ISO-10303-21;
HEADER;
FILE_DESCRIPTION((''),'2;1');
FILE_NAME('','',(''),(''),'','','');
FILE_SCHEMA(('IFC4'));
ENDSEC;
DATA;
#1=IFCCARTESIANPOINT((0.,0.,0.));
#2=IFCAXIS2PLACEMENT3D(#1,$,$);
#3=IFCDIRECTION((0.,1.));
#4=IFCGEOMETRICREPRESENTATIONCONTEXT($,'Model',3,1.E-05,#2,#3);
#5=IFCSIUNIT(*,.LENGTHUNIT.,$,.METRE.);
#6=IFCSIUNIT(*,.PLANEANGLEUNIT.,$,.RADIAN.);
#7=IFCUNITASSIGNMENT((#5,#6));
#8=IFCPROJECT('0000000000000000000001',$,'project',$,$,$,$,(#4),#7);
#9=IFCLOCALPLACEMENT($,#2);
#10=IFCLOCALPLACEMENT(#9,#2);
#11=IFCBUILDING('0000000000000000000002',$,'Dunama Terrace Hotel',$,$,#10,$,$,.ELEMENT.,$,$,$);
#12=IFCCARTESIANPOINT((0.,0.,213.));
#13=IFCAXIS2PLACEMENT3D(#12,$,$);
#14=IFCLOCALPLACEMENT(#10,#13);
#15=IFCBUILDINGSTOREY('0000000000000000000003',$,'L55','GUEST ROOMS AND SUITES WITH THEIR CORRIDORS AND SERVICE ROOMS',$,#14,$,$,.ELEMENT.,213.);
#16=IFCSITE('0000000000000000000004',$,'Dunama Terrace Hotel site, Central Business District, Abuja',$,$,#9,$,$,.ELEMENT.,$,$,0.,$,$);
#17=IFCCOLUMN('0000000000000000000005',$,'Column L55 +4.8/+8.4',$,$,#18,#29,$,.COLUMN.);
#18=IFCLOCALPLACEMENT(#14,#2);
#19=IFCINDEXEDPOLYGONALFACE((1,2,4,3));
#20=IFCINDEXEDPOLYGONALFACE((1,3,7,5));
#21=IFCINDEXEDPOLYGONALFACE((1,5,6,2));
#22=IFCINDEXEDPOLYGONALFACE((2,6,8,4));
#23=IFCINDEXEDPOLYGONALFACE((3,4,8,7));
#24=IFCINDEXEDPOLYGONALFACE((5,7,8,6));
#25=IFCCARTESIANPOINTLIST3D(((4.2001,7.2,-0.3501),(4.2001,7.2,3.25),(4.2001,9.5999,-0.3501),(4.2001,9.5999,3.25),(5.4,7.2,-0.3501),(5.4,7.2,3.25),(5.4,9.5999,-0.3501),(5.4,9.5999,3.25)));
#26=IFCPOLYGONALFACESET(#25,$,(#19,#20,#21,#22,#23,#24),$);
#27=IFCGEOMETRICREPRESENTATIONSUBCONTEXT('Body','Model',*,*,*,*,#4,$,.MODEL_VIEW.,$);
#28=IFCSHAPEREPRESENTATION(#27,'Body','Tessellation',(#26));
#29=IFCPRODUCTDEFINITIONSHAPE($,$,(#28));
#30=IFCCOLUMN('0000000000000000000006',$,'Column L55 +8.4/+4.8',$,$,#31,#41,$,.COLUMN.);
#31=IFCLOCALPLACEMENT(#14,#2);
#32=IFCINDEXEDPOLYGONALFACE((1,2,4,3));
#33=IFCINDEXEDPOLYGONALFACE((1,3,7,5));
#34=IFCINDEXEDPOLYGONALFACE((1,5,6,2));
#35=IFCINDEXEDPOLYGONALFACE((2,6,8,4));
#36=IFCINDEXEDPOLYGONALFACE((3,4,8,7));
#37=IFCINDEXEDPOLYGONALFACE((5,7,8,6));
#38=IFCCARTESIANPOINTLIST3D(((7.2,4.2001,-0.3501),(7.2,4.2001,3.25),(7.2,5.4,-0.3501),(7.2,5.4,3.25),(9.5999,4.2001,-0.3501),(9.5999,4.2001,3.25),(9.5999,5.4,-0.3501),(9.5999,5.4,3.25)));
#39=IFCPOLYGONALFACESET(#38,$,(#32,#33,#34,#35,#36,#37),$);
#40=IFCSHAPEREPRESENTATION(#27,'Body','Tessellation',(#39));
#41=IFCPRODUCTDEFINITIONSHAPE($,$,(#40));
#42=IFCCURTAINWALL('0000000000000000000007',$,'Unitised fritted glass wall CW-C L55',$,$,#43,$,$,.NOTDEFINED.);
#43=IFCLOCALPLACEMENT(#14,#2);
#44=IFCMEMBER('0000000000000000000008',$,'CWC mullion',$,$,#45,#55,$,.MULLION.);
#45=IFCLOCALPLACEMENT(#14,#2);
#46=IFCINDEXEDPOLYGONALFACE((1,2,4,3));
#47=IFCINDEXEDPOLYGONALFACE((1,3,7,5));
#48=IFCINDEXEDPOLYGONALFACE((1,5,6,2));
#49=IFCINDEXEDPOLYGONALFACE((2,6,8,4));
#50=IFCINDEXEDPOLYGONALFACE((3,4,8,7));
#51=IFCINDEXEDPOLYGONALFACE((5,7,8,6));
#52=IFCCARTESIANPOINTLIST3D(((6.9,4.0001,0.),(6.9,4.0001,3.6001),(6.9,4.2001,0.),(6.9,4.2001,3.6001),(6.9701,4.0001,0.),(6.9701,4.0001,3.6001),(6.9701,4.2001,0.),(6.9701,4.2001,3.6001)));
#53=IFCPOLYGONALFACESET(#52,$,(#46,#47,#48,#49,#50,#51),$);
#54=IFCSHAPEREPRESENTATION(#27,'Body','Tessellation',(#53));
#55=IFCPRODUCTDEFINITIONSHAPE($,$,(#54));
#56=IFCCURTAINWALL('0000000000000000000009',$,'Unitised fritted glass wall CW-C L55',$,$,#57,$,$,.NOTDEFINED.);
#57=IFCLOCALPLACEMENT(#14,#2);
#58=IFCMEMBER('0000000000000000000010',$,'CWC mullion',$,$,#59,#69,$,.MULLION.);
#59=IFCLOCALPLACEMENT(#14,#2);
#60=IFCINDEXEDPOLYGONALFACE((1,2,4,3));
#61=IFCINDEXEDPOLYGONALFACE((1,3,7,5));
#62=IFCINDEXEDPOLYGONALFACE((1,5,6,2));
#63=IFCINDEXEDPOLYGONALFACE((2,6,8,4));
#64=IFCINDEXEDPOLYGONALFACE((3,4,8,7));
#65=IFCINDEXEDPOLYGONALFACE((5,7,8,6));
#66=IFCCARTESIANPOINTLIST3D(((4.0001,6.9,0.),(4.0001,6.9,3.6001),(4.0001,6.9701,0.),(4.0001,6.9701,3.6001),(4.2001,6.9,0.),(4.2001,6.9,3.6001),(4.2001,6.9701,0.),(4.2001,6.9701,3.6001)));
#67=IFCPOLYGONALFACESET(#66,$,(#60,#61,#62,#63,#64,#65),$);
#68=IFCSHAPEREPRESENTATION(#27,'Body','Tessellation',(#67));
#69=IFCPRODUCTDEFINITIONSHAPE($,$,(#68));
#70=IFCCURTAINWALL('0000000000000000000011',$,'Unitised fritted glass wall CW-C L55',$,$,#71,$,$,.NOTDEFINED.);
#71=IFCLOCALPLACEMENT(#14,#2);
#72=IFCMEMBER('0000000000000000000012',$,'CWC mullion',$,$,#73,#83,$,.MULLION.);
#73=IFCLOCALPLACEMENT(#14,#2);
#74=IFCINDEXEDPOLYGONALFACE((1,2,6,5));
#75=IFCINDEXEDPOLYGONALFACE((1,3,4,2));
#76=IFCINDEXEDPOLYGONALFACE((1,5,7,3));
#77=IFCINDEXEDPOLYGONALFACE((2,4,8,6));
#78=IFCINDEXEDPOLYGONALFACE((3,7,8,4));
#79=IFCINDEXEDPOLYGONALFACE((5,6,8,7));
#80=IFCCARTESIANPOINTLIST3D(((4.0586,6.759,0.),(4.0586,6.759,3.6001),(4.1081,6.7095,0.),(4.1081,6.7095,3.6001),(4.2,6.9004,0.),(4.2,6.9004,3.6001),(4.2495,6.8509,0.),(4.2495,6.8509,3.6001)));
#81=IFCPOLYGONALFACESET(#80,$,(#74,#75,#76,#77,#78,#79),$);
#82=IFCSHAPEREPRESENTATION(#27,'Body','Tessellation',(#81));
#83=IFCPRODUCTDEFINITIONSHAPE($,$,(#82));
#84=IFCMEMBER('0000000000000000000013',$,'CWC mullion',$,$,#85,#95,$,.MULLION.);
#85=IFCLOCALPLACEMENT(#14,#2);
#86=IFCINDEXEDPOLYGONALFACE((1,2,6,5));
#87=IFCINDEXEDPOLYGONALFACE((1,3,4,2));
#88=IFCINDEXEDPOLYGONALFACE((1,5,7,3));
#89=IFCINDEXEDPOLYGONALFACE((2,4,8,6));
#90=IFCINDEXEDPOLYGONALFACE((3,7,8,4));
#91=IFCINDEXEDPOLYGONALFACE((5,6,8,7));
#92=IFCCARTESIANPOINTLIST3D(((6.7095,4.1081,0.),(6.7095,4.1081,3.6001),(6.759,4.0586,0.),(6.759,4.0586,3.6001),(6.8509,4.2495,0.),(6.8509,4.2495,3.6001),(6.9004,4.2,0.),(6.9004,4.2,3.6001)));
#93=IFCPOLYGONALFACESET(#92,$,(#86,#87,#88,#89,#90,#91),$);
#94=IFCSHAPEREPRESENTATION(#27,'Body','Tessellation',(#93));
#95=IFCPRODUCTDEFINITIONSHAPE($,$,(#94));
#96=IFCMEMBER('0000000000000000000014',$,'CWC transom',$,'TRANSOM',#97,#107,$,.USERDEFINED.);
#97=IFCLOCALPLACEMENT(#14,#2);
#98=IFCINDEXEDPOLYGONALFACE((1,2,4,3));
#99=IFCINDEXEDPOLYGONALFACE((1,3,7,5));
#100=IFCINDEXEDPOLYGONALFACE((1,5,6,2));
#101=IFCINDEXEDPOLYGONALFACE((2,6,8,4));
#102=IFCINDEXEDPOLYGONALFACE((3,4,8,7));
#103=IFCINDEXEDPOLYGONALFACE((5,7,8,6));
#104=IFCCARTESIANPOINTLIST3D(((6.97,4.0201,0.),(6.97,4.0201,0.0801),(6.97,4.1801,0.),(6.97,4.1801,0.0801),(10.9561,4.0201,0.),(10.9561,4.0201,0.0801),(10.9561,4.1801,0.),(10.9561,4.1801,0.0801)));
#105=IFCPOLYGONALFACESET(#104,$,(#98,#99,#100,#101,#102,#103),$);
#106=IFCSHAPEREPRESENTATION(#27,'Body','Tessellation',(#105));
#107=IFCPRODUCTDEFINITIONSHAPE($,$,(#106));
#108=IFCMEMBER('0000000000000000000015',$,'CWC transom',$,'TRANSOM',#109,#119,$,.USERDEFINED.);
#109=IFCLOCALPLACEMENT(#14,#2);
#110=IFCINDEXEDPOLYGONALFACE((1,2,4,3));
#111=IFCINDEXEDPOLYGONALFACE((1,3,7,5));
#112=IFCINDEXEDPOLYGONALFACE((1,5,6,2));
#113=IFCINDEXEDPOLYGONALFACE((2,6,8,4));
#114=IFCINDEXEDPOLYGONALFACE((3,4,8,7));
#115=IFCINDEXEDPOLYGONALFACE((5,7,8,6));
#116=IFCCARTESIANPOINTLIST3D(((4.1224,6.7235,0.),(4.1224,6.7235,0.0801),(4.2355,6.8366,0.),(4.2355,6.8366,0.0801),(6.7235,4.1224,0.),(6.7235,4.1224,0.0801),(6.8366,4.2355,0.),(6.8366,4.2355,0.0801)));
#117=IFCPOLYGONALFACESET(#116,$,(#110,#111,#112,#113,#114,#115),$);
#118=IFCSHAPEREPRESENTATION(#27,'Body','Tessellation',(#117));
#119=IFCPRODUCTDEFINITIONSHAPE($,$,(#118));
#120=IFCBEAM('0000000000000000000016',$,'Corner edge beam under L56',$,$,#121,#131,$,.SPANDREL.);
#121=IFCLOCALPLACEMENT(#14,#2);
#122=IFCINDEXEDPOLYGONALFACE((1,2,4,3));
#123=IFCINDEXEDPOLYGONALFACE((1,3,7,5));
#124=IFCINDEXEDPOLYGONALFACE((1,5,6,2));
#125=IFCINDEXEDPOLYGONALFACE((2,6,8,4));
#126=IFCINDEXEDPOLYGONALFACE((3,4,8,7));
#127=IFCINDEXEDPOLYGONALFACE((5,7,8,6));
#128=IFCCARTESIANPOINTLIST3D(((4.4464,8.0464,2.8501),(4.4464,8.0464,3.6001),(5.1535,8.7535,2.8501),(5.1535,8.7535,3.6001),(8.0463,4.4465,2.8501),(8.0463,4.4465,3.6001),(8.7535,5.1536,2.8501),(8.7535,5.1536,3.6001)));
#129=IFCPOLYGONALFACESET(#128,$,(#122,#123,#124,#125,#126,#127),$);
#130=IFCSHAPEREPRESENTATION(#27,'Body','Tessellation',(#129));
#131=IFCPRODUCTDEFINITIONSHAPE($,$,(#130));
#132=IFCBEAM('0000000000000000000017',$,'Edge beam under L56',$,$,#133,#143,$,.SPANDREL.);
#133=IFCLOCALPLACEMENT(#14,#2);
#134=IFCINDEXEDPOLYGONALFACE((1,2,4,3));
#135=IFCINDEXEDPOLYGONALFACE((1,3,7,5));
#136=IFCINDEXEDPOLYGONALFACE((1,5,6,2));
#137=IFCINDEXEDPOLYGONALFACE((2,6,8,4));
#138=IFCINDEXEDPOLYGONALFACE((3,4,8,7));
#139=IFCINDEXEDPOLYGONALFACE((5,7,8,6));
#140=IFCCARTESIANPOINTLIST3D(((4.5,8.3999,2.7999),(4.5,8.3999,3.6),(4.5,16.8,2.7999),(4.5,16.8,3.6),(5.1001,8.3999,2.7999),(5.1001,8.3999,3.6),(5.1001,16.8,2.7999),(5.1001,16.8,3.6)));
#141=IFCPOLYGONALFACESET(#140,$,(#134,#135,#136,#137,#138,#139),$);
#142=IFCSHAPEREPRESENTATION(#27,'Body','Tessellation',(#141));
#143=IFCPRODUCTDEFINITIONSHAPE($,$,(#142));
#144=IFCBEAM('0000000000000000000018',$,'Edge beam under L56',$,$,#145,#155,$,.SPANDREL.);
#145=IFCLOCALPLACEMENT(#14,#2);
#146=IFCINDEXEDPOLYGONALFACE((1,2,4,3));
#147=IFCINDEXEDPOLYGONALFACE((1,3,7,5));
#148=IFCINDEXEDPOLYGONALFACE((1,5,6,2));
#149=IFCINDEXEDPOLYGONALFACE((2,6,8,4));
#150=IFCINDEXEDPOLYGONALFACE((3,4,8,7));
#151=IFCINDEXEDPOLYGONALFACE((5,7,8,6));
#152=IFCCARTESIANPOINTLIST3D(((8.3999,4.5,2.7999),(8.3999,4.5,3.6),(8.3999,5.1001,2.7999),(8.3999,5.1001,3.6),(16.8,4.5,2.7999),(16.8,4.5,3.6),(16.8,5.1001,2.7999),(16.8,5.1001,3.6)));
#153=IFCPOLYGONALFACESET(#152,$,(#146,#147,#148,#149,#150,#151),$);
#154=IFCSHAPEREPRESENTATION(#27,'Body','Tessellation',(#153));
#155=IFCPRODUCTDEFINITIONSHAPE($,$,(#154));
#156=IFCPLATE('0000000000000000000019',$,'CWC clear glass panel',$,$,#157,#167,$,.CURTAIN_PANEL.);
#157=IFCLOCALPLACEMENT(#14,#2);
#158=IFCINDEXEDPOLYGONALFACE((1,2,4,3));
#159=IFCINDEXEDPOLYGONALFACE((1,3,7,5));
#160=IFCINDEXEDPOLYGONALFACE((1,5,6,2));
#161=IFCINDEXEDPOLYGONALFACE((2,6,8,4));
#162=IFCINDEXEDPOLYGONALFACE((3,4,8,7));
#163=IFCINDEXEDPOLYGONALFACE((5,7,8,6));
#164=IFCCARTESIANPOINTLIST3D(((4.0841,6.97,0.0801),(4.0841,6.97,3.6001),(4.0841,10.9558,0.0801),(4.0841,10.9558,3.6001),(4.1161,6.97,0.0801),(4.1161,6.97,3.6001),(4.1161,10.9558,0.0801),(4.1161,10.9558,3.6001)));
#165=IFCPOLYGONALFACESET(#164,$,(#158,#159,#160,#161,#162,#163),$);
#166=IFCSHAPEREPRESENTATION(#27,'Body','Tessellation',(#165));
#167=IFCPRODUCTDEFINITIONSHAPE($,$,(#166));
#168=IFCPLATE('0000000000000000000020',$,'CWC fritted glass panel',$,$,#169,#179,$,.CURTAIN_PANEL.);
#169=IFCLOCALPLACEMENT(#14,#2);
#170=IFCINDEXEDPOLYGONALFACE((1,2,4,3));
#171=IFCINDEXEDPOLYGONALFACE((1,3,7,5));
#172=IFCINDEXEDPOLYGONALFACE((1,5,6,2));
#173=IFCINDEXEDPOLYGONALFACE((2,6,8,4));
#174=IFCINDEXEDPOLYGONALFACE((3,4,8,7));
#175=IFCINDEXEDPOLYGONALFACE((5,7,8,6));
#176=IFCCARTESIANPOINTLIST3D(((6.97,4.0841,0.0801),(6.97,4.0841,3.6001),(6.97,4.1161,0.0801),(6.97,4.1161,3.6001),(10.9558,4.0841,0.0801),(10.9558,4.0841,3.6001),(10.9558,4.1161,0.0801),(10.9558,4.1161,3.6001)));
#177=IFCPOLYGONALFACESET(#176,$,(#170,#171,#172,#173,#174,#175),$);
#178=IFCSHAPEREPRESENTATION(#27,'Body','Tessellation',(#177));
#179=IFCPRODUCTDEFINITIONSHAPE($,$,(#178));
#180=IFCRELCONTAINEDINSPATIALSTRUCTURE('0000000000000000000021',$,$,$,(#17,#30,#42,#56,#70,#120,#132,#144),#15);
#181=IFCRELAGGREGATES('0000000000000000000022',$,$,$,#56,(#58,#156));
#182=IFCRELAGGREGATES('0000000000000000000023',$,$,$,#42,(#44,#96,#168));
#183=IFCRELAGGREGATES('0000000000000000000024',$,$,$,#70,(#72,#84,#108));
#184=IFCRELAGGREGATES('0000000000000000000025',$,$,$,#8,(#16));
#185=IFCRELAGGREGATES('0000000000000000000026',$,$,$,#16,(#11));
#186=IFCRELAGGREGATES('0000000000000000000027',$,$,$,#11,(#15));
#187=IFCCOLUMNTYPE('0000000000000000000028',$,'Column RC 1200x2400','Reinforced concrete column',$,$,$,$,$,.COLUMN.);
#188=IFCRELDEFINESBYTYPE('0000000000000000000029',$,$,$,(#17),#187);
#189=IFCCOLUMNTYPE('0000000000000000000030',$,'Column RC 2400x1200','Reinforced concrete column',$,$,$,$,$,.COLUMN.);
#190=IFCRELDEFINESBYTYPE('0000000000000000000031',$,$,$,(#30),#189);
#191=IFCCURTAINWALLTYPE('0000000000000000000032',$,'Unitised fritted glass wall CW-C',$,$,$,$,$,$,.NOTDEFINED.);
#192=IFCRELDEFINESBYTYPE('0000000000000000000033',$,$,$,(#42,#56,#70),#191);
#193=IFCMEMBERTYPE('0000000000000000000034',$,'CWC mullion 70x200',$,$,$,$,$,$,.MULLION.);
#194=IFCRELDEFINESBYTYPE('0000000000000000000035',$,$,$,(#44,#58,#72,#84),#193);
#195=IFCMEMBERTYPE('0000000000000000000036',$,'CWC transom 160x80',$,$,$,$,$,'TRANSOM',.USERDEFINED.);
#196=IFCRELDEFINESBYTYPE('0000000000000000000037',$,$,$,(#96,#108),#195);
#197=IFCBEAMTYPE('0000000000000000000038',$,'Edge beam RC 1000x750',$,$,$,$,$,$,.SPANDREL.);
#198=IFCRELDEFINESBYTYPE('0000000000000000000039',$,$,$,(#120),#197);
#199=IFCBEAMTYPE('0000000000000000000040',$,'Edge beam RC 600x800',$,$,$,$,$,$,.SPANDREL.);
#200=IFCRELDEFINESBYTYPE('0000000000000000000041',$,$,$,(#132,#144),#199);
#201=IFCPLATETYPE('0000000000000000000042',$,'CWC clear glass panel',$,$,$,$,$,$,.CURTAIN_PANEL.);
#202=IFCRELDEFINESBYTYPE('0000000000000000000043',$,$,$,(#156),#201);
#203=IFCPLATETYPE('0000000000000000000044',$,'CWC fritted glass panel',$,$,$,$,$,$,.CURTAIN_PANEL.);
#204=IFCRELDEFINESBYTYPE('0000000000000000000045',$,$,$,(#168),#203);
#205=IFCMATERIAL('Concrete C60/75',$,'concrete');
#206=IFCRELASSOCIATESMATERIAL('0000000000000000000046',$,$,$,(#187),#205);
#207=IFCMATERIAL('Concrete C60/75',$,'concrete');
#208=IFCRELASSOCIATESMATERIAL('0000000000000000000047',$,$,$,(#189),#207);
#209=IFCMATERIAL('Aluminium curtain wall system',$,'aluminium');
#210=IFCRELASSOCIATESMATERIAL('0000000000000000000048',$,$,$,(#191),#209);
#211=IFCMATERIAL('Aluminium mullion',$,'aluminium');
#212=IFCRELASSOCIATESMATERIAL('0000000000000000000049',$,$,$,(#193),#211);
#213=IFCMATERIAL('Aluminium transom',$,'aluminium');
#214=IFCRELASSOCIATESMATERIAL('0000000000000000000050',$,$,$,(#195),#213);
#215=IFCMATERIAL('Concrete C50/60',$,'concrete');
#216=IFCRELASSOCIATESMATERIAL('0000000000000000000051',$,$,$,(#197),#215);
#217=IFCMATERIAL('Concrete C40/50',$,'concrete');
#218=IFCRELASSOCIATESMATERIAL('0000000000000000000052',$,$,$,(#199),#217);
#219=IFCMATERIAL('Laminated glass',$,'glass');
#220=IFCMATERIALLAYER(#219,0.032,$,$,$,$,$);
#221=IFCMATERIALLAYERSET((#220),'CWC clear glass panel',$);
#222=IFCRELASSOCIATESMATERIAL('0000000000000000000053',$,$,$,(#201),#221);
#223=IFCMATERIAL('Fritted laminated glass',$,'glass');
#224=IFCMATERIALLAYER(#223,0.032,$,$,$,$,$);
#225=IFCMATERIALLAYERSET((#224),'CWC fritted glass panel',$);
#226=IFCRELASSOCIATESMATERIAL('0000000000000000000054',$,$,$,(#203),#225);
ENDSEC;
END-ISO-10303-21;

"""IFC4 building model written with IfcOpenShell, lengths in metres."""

from ifc_helpers import new_model, si_unit, direction, frame, origin, origin_2d, place, context, subcontext, project, spatial, rectangle, extrude, material, layer, layer_set, material_profile, profile_set, type_object, element, aggregate, save


model = new_model("IFC4")

# Units and contexts
model_context = context("Model", 3, precision=1e-05, world=origin(), true_north=direction((0.0, 1.0)))
body_context = subcontext(model_context, "Body", "Model", "MODEL_VIEW")
ifc_project = project(units=[si_unit("LENGTHUNIT", "METRE"), si_unit("PLANEANGLEUNIT", "RADIAN")], contexts=[model_context])

# Site, building, storey
site_placement = place(None, origin())
site = spatial("IfcSite", under=ifc_project, at=site_placement, Name="Dunama Terrace Hotel site, Central Business District, Abuja", CompositionType="ELEMENT", RefElevation=0.0)
building_placement = place(site_placement, origin())
building = spatial("IfcBuilding", under=site, at=building_placement, Name="Dunama Terrace Hotel", CompositionType="ELEMENT")
storey_placement = place(building_placement, frame((0.0, 0.0, 213.0)))
storey = spatial("IfcBuildingStorey", under=building, at=storey_placement, Name="L55", Description="GUEST ROOMS AND SUITES WITH THEIR CORRIDORS AND SERVICE ROOMS", CompositionType="ELEMENT", Elevation=213.0)

# Columns
ifc_material_1 = material(Name="Concrete C60/75", Category="concrete")
ifc_material_profile_1 = material_profile(ifc_material_1, rectangle(XDim=1.2, YDim=2.3999, at=origin_2d()), Name="RC 1200x2400")
ifc_profile_set_1 = profile_set([ifc_material_profile_1], Name="Concrete C60/75")
column_type_1 = type_object("IfcColumnType", Name="Column RC 1200x2400", Description="Reinforced concrete column", PredefinedType="COLUMN", material=ifc_profile_set_1)
column_1_placement = place(storey_placement, frame((4.8, 8.3999, -0.3501), z_axis=(0.0, 0.0, 1.0), x_axis=(1.0, 0.0, 0.0)))
element("IfcColumn", 1, at=column_1_placement, inside=storey, type_object=column_type_1, Name="Column L55 +4.8/+8.4", PredefinedType="COLUMN", context=body_context, shape_type="SweptSolid", body=[
    extrude(rectangle(XDim=1.2, YDim=2.3999, at=origin_2d()), origin(), (0.0, 0.0, 1.0), 3.6001),
])
ifc_material_2 = material(Name="Concrete C60/75", Category="concrete")
ifc_material_profile_2 = material_profile(ifc_material_2, rectangle(XDim=2.3999, YDim=1.2, at=origin_2d()), Name="RC 2400x1200")
ifc_profile_set_2 = profile_set([ifc_material_profile_2], Name="Concrete C60/75")
column_type_2 = type_object("IfcColumnType", Name="Column RC 2400x1200", Description="Reinforced concrete column", PredefinedType="COLUMN", material=ifc_profile_set_2)
column_2_placement = place(storey_placement, frame((8.3999, 4.8, -0.3501), z_axis=(0.0, 0.0, 1.0), x_axis=(1.0, 0.0, 0.0)))
element("IfcColumn", 2, at=column_2_placement, inside=storey, type_object=column_type_2, Name="Column L55 +8.4/+4.8", PredefinedType="COLUMN", context=body_context, shape_type="SweptSolid", body=[
    extrude(rectangle(XDim=2.3999, YDim=1.2, at=origin_2d()), origin(), (0.0, 0.0, 1.0), 3.6001),
])

# Curtain walls, members
ifc_material_3 = material(Name="Aluminium curtain wall system", Category="aluminium")
curtain_wall_type = type_object("IfcCurtainWallType", Name="Unitised fritted glass wall CW-C", PredefinedType="NOTDEFINED", material=ifc_material_3)
curtain_wall_1_placement = place(storey_placement, origin())
curtain_wall_1 = element("IfcCurtainWall", 3, at=curtain_wall_1_placement, inside=storey, type_object=curtain_wall_type, Name="Unitised fritted glass wall CW-C L55", PredefinedType="NOTDEFINED")
ifc_material_4 = material(Name="Aluminium mullion", Category="aluminium")
ifc_material_profile_3 = material_profile(ifc_material_4, rectangle(XDim=0.0701, YDim=0.2, at=origin_2d()), Name="CWC MULLION 70X200")
ifc_profile_set_3 = profile_set([ifc_material_profile_3], Name="Aluminium mullion")
member_type_1 = type_object("IfcMemberType", Name="CWC mullion 70x200", PredefinedType="MULLION", material=ifc_profile_set_3)
member_1_placement = place(storey_placement, frame((6.9351, 4.1001, 0.0), z_axis=(0.0, 0.0, 1.0), x_axis=(1.0, 0.0, 0.0)))
member_1 = element("IfcMember", 4, at=member_1_placement, type_object=member_type_1, Name="CWC mullion", PredefinedType="MULLION", context=body_context, shape_type="SweptSolid", body=[
    extrude(rectangle(XDim=0.0701, YDim=0.2, at=origin_2d()), origin(), (0.0, 0.0, 1.0), 3.6001),
])
curtain_wall_2_placement = place(storey_placement, origin())
curtain_wall_2 = element("IfcCurtainWall", 5, at=curtain_wall_2_placement, inside=storey, type_object=curtain_wall_type, Name="Unitised fritted glass wall CW-C L55", PredefinedType="NOTDEFINED")
member_2_placement = place(storey_placement, frame((4.1001, 6.9351, 0.0), z_axis=(0.0, 0.0, 1.0), x_axis=(0.0, -1.0, 0.0)))
member_2 = element("IfcMember", 6, at=member_2_placement, type_object=member_type_1, Name="CWC mullion", PredefinedType="MULLION", context=body_context, shape_type="SweptSolid", body=[
    extrude(rectangle(XDim=0.0701, YDim=0.2, at=origin_2d()), origin(), (0.0, 0.0, 1.0), 3.6001),
])

# Curtain wall, members
curtain_wall_3_placement = place(storey_placement, origin())
curtain_wall_3 = element("IfcCurtainWall", 7, at=curtain_wall_3_placement, inside=storey, type_object=curtain_wall_type, Name="Unitised fritted glass wall CW-C L55", PredefinedType="NOTDEFINED")
member_3_placement = place(storey_placement, frame((4.1541, 6.8049, 0.0), z_axis=(0.0, 0.0, 1.0), x_axis=(0.707107, -0.707107, 0.0)))
member_3 = element("IfcMember", 8, at=member_3_placement, type_object=member_type_1, Name="CWC mullion", PredefinedType="MULLION", context=body_context, shape_type="SweptSolid", body=[
    extrude(rectangle(XDim=0.0701, YDim=0.2, at=origin_2d()), origin(), (0.0, 0.0, 1.0), 3.6001),
])
member_4_placement = place(storey_placement, frame((6.8049, 4.1541, 0.0), z_axis=(0.0, 0.0, 1.0), x_axis=(0.707107, -0.707107, 0.0)))
member_4 = element("IfcMember", 9, at=member_4_placement, type_object=member_type_1, Name="CWC mullion", PredefinedType="MULLION", context=body_context, shape_type="SweptSolid", body=[
    extrude(rectangle(XDim=0.0701, YDim=0.2, at=origin_2d()), origin(), (0.0, 0.0, 1.0), 3.6001),
])

# Members
ifc_material_5 = material(Name="Aluminium transom", Category="aluminium")
ifc_material_profile_4 = material_profile(ifc_material_5, rectangle(XDim=0.1599, YDim=0.0801, at=origin_2d()), Name="CWC TRANSOM 160X80")
ifc_profile_set_4 = profile_set([ifc_material_profile_4], Name="Aluminium transom")
member_type_2 = type_object("IfcMemberType", Name="CWC transom 160x80", ElementType="TRANSOM", PredefinedType="USERDEFINED", material=ifc_profile_set_4)
member_5_placement = place(storey_placement, frame((6.97, 4.1001, 0.04), z_axis=(1.0, 0.0, 0.0), x_axis=(0.0, 1.0, 0.0)))
member_5 = element("IfcMember", 10, at=member_5_placement, type_object=member_type_2, Name="CWC transom", ObjectType="TRANSOM", PredefinedType="USERDEFINED", context=body_context, shape_type="SweptSolid", body=[
    extrude(rectangle(XDim=0.1599, YDim=0.0801, at=origin_2d()), origin(), (0.0, 0.0, 1.0), 3.9861),
])
member_6_placement = place(storey_placement, frame((4.179, 6.78, 0.04), z_axis=(0.707107, -0.707107, 0.0), x_axis=(0.707107, 0.707107, 0.0)))
member_6 = element("IfcMember", 11, at=member_6_placement, type_object=member_type_2, Name="CWC transom", ObjectType="TRANSOM", PredefinedType="USERDEFINED", context=body_context, shape_type="SweptSolid", body=[
    extrude(rectangle(XDim=0.1599, YDim=0.0801, at=origin_2d()), origin(), (0.0, 0.0, 1.0), 3.6785),
])

# Beams
ifc_material_6 = material(Name="Concrete C50/60", Category="concrete")
ifc_material_profile_5 = material_profile(ifc_material_6, rectangle(XDim=1.0, YDim=0.75, at=origin_2d()), Name="RC 1000x750")
ifc_profile_set_5 = profile_set([ifc_material_profile_5], Name="Concrete C50/60")
beam_type_1 = type_object("IfcBeamType", Name="Edge beam RC 1000x750", PredefinedType="SPANDREL", material=ifc_profile_set_5)
beam_placement = place(storey_placement, frame((8.3999, 4.8, 3.2251), z_axis=(-0.707107, 0.707107, 0.0), x_axis=(-0.707107, -0.707107, 0.0)))
element("IfcBeam", 12, at=beam_placement, inside=storey, type_object=beam_type_1, Name="Corner edge beam under L56", PredefinedType="SPANDREL", context=body_context, shape_type="SweptSolid", body=[
    extrude(rectangle(XDim=1.0, YDim=0.75, at=origin_2d()), origin(), (0.0, 0.0, 1.0), 5.0911),
])
ifc_material_7 = material(Name="Concrete C40/50", Category="concrete")
ifc_material_profile_6 = material_profile(ifc_material_7, rectangle(XDim=0.6001, YDim=0.8, at=origin_2d()), Name="RC 600x800")
ifc_profile_set_6 = profile_set([ifc_material_profile_6], Name="Concrete C40/50")
beam_type_2 = type_object("IfcBeamType", Name="Edge beam RC 600x800", PredefinedType="SPANDREL", material=ifc_profile_set_6)
for number, where, z_axis, x_axis, name in (
    (13, (4.8, 8.3999, 3.2), (0.0, 1.0, 0.0), (-1.0, 0.0, 0.0), "Edge beam under L56"),
    (14, (8.3999, 4.8, 3.2), (1.0, 0.0, 0.0), (0.0, 1.0, 0.0), "Edge beam under L56"),
):
    element("IfcBeam", number, at=place(storey_placement, frame(where, z_axis=z_axis, x_axis=x_axis)), inside=storey, type_object=beam_type_2, Name=name, PredefinedType="SPANDREL", context=body_context, shape_type="SweptSolid", body=[
        extrude(rectangle(XDim=0.6001, YDim=0.8, at=origin_2d()), origin(), (0.0, 0.0, 1.0), 8.4001),
    ])

# Plates
ifc_material_8 = material(Name="Laminated glass", Category="glass")
ifc_layer_1 = layer(ifc_material_8, 0.032)
ifc_layer_set_1 = layer_set([ifc_layer_1], Name="CWC clear glass panel")
plate_type_1 = type_object("IfcPlateType", Name="CWC clear glass panel", PredefinedType="CURTAIN_PANEL", material=ifc_layer_set_1)
plate_1_placement = place(storey_placement, frame((4.1001, 8.9629, 0.0801), z_axis=(0.0, 0.0, 1.0), x_axis=(0.0, -1.0, 0.0)))
plate_1 = element("IfcPlate", 15, at=plate_1_placement, type_object=plate_type_1, Name="CWC clear glass panel", PredefinedType="CURTAIN_PANEL", context=body_context, shape_type="SweptSolid", body=[
    extrude(rectangle(XDim=3.9858, YDim=0.032, at=origin_2d()), origin(), (0.0, 0.0, 1.0), 3.52),
])
aggregate(curtain_wall_2, [member_2, plate_1])
ifc_material_9 = material(Name="Fritted laminated glass", Category="glass")
ifc_layer_2 = layer(ifc_material_9, 0.032)
ifc_layer_set_2 = layer_set([ifc_layer_2], Name="CWC fritted glass panel")
plate_type_2 = type_object("IfcPlateType", Name="CWC fritted glass panel", PredefinedType="CURTAIN_PANEL", material=ifc_layer_set_2)
plate_2_placement = place(storey_placement, frame((8.9629, 4.1001, 0.0801), z_axis=(0.0, 0.0, 1.0), x_axis=(1.0, 0.0, 0.0)))
plate_2 = element("IfcPlate", 16, at=plate_2_placement, type_object=plate_type_2, Name="CWC fritted glass panel", PredefinedType="CURTAIN_PANEL", context=body_context, shape_type="SweptSolid", body=[
    extrude(rectangle(XDim=3.9858, YDim=0.032, at=origin_2d()), origin(), (0.0, 0.0, 1.0), 3.52),
])
aggregate(curtain_wall_1, [member_1, member_5, plate_2])
aggregate(curtain_wall_3, [member_3, member_4, member_6])

save(model, "model.ifc")
